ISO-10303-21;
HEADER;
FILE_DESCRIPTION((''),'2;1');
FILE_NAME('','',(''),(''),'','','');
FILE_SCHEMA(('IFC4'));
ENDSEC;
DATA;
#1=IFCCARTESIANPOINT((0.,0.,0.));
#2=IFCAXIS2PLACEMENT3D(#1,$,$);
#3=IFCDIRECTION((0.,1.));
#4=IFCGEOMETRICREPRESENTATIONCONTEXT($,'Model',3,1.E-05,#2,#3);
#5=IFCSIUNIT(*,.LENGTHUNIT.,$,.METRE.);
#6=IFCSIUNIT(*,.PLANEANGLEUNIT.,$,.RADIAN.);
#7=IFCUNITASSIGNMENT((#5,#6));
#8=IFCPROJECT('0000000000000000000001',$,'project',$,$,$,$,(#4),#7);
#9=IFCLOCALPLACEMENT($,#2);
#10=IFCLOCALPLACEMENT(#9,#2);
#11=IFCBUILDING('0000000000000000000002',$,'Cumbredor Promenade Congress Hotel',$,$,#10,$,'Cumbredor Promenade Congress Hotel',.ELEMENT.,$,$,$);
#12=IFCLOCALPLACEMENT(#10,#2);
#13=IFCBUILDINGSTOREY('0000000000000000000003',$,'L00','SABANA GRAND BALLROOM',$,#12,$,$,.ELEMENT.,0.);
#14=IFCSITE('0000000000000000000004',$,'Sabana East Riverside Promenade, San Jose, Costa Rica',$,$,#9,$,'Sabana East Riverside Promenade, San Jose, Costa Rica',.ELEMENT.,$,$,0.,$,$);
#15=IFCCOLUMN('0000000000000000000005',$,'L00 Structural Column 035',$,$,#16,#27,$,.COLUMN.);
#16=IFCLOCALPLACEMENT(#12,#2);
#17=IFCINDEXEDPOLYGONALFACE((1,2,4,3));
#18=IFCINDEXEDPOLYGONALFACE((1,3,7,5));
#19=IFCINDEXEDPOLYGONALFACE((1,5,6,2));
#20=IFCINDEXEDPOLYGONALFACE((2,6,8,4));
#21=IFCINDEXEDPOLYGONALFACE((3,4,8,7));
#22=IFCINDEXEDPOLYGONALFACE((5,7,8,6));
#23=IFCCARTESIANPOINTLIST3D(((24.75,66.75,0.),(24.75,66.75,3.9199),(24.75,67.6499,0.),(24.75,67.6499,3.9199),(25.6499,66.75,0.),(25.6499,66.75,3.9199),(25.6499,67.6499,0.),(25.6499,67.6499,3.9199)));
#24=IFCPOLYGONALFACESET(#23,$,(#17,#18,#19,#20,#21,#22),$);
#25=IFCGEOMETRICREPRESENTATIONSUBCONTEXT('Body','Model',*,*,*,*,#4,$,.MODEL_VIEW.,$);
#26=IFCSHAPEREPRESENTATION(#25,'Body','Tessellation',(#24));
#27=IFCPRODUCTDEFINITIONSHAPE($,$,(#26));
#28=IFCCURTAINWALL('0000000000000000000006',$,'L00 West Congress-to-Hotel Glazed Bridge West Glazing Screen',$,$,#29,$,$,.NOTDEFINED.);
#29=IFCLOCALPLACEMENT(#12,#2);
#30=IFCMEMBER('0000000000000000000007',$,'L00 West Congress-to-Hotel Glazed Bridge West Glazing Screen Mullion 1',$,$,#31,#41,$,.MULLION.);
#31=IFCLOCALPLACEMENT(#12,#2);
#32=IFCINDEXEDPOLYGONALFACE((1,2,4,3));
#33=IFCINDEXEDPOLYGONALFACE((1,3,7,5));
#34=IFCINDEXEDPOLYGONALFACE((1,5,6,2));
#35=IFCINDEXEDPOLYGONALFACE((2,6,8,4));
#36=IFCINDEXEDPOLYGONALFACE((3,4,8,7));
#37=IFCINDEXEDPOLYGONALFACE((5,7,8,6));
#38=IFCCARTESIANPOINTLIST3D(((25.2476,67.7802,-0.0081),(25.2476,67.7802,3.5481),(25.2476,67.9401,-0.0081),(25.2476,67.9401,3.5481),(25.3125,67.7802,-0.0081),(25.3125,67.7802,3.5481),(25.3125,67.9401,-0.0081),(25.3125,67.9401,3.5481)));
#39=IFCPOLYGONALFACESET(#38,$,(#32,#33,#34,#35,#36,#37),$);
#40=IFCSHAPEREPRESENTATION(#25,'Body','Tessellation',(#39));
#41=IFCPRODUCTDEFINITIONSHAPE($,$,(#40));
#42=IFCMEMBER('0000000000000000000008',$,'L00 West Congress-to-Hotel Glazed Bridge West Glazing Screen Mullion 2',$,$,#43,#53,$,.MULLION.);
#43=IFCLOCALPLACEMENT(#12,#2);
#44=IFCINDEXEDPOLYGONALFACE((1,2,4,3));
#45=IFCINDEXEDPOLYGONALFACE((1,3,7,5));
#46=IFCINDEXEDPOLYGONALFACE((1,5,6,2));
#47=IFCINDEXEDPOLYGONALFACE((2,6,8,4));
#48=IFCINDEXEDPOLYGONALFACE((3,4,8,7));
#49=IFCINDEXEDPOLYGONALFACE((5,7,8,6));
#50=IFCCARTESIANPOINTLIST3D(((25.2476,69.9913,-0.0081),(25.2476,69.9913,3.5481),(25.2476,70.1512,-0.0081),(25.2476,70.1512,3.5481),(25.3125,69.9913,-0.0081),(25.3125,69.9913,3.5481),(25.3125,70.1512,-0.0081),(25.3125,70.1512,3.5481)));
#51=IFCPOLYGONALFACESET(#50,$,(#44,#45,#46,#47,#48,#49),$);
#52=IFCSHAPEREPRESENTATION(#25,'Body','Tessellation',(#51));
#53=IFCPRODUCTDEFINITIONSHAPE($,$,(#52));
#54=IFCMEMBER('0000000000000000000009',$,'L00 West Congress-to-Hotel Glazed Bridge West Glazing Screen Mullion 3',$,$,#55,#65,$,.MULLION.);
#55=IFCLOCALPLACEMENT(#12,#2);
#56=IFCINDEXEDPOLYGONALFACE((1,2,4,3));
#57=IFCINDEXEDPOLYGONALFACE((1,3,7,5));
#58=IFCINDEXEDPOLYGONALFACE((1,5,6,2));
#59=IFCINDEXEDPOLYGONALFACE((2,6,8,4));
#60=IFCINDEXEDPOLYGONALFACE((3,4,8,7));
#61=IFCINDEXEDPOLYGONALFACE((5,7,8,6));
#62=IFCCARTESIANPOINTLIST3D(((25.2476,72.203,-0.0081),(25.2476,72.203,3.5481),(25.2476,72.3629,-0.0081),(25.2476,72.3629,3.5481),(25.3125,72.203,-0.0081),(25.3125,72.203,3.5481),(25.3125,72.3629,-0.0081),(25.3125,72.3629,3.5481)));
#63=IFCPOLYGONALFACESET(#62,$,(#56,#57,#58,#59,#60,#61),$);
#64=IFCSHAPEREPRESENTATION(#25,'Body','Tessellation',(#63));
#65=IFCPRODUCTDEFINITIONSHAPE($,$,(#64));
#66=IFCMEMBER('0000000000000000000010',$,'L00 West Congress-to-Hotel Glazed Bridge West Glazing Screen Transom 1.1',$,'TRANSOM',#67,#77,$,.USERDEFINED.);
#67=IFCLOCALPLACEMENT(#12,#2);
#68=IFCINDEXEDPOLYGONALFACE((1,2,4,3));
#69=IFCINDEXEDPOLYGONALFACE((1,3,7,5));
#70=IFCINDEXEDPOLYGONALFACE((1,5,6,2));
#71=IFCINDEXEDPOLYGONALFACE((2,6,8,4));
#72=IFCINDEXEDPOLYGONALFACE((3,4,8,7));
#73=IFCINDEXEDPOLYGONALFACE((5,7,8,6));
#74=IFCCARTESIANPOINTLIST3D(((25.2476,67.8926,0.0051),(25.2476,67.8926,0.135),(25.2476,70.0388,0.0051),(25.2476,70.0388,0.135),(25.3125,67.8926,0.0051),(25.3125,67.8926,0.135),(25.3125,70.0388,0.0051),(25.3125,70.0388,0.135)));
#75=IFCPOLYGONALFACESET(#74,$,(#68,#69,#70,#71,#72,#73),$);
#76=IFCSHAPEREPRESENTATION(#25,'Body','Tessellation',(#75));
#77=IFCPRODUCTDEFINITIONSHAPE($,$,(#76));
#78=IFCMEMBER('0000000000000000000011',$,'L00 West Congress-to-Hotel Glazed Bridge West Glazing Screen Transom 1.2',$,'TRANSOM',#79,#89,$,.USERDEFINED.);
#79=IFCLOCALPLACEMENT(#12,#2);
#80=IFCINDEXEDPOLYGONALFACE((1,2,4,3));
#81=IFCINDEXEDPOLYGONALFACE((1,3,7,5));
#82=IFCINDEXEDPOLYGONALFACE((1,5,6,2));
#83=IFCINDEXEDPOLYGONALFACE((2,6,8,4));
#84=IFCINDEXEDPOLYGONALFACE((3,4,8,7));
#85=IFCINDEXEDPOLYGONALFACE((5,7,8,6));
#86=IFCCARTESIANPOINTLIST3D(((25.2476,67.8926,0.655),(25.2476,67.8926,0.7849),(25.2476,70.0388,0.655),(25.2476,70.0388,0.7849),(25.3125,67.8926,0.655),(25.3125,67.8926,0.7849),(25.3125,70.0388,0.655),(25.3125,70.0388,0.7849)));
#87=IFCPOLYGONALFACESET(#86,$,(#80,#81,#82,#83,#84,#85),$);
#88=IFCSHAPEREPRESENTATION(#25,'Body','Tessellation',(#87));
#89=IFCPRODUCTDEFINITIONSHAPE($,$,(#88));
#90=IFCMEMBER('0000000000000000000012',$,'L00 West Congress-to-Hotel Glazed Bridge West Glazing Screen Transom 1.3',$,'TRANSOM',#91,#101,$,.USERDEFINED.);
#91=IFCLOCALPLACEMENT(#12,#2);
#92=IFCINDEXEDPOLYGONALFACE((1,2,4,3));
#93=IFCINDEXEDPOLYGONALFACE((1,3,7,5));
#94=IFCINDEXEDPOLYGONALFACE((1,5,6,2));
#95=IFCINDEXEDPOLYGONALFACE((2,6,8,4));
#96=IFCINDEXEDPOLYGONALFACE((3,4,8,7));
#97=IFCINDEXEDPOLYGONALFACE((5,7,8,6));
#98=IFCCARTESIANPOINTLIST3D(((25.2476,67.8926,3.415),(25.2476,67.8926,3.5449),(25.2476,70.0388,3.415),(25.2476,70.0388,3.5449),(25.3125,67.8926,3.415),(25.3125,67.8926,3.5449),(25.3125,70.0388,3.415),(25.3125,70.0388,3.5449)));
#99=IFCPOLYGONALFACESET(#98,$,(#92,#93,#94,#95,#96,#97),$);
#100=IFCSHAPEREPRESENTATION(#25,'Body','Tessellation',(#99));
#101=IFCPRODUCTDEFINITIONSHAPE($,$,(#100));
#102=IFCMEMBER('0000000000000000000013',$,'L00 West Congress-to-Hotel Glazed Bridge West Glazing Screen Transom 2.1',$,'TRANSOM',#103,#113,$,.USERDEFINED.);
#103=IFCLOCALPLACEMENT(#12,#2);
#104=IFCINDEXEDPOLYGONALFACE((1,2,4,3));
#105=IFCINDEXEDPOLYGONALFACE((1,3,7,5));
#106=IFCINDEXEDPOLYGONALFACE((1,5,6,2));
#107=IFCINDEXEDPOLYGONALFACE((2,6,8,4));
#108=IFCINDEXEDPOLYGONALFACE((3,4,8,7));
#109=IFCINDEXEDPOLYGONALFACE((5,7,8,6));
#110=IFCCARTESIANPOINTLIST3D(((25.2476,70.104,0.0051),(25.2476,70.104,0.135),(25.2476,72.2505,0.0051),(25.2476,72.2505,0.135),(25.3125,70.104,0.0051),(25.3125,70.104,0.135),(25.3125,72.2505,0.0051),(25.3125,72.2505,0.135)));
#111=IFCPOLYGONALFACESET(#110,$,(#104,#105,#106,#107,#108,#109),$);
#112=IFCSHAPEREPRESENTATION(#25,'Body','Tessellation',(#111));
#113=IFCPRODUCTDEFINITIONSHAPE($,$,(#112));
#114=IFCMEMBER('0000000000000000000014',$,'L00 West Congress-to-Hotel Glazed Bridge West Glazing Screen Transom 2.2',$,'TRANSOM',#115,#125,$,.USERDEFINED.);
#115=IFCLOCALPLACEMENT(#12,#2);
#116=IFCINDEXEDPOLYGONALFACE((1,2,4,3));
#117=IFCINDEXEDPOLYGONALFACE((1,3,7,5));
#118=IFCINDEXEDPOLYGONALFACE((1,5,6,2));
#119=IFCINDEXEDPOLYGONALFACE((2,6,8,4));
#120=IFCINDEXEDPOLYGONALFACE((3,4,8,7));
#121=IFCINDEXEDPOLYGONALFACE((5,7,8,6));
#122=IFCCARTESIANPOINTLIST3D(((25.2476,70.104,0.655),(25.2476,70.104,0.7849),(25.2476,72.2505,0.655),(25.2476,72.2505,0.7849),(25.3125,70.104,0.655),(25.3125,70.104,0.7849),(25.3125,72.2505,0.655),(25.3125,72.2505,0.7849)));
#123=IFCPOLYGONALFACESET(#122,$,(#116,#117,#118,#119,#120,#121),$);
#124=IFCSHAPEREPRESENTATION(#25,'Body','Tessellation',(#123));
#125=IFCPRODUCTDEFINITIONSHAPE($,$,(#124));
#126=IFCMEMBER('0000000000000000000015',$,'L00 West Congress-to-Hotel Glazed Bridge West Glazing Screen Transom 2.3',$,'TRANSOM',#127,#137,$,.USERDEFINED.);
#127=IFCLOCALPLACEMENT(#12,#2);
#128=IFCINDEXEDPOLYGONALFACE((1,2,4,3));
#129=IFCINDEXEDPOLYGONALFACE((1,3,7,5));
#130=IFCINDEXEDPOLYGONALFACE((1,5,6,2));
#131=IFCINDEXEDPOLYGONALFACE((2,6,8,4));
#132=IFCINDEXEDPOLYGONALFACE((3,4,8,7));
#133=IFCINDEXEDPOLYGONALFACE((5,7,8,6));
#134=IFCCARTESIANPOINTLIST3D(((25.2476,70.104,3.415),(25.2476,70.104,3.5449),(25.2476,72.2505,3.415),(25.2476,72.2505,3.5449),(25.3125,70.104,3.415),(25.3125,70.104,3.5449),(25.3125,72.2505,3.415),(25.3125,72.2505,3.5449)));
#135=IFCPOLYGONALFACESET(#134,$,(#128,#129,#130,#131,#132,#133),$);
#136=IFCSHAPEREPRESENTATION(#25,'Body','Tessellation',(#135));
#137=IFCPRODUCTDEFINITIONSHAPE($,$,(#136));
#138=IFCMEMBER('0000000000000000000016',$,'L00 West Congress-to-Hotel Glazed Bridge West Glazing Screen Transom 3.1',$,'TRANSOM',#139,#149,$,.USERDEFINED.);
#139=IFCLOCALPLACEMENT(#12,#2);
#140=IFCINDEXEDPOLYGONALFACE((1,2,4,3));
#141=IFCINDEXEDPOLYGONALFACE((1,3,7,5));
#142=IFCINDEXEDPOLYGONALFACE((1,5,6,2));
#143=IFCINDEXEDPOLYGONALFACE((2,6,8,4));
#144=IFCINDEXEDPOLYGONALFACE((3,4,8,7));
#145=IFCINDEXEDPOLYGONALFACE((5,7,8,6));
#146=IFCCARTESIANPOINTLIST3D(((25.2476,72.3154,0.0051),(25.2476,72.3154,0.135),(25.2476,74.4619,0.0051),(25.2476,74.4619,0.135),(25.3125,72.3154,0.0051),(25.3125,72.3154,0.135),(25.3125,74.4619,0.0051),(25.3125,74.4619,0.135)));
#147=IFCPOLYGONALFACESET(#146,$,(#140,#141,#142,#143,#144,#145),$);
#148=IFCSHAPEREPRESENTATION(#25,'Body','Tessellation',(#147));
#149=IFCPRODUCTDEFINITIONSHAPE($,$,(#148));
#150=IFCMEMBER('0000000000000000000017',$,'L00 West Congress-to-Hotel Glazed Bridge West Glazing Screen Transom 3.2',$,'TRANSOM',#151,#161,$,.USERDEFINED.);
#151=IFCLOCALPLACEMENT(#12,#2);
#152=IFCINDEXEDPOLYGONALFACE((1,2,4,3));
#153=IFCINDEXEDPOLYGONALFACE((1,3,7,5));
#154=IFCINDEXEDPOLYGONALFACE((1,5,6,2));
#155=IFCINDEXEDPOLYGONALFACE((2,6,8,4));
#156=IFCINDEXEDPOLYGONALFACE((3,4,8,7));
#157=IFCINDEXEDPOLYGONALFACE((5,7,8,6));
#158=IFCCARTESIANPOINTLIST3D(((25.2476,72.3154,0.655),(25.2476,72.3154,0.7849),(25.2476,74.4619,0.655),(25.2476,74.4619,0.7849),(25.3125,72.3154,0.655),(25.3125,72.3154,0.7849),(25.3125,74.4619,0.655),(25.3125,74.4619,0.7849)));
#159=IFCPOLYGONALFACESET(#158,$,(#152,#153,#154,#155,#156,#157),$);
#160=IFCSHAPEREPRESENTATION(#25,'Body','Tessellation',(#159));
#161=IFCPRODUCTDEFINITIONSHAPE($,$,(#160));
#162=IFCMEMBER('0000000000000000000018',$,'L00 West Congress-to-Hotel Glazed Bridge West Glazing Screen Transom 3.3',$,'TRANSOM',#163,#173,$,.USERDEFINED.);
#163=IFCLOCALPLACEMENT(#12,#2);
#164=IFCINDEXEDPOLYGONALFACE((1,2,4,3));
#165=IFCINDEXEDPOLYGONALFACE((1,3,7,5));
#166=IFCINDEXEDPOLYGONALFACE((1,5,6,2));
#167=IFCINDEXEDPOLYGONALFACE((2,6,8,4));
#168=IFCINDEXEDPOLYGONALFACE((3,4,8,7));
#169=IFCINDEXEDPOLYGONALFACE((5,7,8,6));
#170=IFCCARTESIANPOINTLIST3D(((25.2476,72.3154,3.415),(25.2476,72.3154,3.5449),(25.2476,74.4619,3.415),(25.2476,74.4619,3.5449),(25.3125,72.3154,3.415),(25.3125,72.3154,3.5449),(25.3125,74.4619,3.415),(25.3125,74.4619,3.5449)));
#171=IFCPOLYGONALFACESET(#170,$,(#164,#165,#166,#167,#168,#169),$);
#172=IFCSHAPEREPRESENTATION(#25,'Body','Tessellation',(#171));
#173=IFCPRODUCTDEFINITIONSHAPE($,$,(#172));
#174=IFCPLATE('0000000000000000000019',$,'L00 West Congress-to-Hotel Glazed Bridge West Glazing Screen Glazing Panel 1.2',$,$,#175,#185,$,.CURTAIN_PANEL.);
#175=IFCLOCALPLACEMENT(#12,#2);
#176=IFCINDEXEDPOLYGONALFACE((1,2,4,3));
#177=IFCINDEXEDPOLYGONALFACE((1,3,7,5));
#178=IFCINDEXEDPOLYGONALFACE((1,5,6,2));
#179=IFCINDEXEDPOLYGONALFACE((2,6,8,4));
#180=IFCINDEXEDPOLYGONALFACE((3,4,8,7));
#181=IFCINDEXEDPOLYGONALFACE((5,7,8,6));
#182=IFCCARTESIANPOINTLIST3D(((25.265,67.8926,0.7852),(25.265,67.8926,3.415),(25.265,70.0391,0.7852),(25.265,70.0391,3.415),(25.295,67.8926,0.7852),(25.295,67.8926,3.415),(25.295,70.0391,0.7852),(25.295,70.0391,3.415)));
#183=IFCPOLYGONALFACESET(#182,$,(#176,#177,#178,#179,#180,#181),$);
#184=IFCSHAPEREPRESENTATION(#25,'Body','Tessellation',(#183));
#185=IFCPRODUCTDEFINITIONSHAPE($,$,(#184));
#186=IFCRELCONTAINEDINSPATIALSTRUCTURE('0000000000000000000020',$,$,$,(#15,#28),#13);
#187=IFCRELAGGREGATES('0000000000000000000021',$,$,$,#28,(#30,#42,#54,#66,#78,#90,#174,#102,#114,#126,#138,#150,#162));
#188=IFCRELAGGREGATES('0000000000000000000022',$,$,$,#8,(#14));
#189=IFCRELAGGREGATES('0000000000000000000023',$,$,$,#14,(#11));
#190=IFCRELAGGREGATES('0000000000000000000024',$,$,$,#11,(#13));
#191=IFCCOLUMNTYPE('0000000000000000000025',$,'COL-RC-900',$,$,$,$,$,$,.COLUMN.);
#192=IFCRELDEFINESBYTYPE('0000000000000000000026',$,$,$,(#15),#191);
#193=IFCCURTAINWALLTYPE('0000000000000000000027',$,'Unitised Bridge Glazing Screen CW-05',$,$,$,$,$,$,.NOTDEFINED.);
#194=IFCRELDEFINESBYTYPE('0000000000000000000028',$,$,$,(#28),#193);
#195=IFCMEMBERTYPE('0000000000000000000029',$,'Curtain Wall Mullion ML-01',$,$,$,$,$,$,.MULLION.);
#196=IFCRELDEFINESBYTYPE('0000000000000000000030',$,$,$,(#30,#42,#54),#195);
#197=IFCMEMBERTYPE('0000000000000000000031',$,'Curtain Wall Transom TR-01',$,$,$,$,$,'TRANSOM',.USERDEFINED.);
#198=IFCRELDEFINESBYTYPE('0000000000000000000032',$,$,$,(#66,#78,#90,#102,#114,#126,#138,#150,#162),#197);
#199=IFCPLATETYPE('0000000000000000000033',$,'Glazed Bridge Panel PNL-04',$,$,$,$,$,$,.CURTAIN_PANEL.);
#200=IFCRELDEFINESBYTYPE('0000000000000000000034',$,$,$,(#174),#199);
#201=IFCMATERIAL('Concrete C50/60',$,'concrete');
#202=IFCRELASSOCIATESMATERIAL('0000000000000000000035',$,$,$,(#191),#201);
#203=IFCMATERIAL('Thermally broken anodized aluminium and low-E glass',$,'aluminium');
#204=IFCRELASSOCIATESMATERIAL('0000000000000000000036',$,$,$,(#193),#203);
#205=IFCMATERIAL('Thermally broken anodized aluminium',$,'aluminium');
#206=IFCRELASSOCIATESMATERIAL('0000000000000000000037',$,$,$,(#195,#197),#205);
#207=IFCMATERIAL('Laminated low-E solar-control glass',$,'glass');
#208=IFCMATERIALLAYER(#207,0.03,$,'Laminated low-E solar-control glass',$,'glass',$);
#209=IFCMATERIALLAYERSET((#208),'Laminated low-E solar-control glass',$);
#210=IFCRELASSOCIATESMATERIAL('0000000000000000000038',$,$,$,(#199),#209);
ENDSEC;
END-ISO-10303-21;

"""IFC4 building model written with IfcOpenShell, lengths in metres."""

from ifc_helpers import new_model, si_unit, direction, frame, origin, origin_2d, place, context, subcontext, project, spatial, rectangle, extrude, material, layer, layer_set, material_profile, profile_set, type_object, element, aggregate, save


model = new_model("IFC4")

# Units and contexts
model_context = context("Model", 3, precision=1e-05, world=origin(), true_north=direction((0.0, 1.0)))
body_context = subcontext(model_context, "Body", "Model", "MODEL_VIEW")
ifc_project = project(units=[si_unit("LENGTHUNIT", "METRE"), si_unit("PLANEANGLEUNIT", "RADIAN")], contexts=[model_context])

# Site, building, storey
site_placement = place(None, origin())
site = spatial("IfcSite", under=ifc_project, at=site_placement, Name="Sabana East Riverside Promenade, San Jose, Costa Rica", LongName="Sabana East Riverside Promenade, San Jose, Costa Rica", CompositionType="ELEMENT", RefElevation=0.0)
building_placement = place(site_placement, origin())
building = spatial("IfcBuilding", under=site, at=building_placement, Name="Cumbredor Promenade Congress Hotel", LongName="Cumbredor Promenade Congress Hotel", CompositionType="ELEMENT")
storey_placement = place(building_placement, origin())
storey = spatial("IfcBuildingStorey", under=building, at=storey_placement, Name="L00", Description="SABANA GRAND BALLROOM", CompositionType="ELEMENT", Elevation=0.0)

# Column
ifc_material_1 = material(Name="Concrete C50/60", Category="concrete")
ifc_material_profile_1 = material_profile(ifc_material_1, rectangle(XDim=0.8999, YDim=0.8999, at=origin_2d()), Name="RC 900x900")
ifc_profile_set_1 = profile_set([ifc_material_profile_1], Name="Concrete C50/60")
column_type = type_object("IfcColumnType", Name="COL-RC-900", PredefinedType="COLUMN", material=ifc_profile_set_1)
column_placement = place(storey_placement, frame((25.2, 67.2, 0.0), z_axis=(0.0, 0.0, 1.0), x_axis=(1.0, 0.0, 0.0)))
element("IfcColumn", 1, at=column_placement, inside=storey, type_object=column_type, Name="L00 Structural Column 035", PredefinedType="COLUMN", context=body_context, shape_type="SweptSolid", body=[
    extrude(rectangle(XDim=0.8999, YDim=0.8999, at=origin_2d()), origin(), (0.0, 0.0, 1.0), 3.9199),
])

# Curtain wall, members, plate
ifc_material_2 = material(Name="Thermally broken anodized aluminium and low-E glass", Category="aluminium")
curtain_wall_type = type_object("IfcCurtainWallType", Name="Unitised Bridge Glazing Screen CW-05", PredefinedType="NOTDEFINED", material=ifc_material_2)
curtain_wall_placement = place(storey_placement, origin())
curtain_wall = element("IfcCurtainWall", 2, at=curtain_wall_placement, inside=storey, type_object=curtain_wall_type, Name="L00 West Congress-to-Hotel Glazed Bridge West Glazing Screen", PredefinedType="NOTDEFINED")
ifc_material_3 = material(Name="Thermally broken anodized aluminium", Category="aluminium")
ifc_material_profile_2 = material_profile(ifc_material_3, rectangle(XDim=0.0649, YDim=0.1599, at=origin_2d()), Name="ALU MULLION 65x160")
ifc_profile_set_2 = profile_set([ifc_material_profile_2], Name="Thermally broken anodized aluminium")
member_type_1 = type_object("IfcMemberType", Name="Curtain Wall Mullion ML-01", PredefinedType="MULLION", material=ifc_profile_set_2)
member_1_placement = place(storey_placement, frame((25.28, 67.8601, -0.0081), z_axis=(0.0, 0.0, 1.0), x_axis=(1.0, 0.0, 0.0)))
member_1 = element("IfcMember", 3, at=member_1_placement, type_object=member_type_1, Name="L00 West Congress-to-Hotel Glazed Bridge West Glazing Screen Mullion 1", PredefinedType="MULLION", context=body_context, shape_type="SweptSolid", body=[
    extrude(rectangle(XDim=0.0649, YDim=0.1599, at=origin_2d()), origin(), (0.0, 0.0, 1.0), 3.5562),
])
member_2_placement = place(storey_placement, frame((25.28, 70.0713, -0.0081), z_axis=(0.0, 0.0, 1.0), x_axis=(1.0, 0.0, 0.0)))
member_2 = element("IfcMember", 4, at=member_2_placement, type_object=member_type_1, Name="L00 West Congress-to-Hotel Glazed Bridge West Glazing Screen Mullion 2", PredefinedType="MULLION", context=body_context, shape_type="SweptSolid", body=[
    extrude(rectangle(XDim=0.0649, YDim=0.1599, at=origin_2d()), origin(), (0.0, 0.0, 1.0), 3.5562),
])
member_3_placement = place(storey_placement, frame((25.28, 72.283, -0.0081), z_axis=(0.0, 0.0, 1.0), x_axis=(1.0, 0.0, 0.0)))
member_3 = element("IfcMember", 5, at=member_3_placement, type_object=member_type_1, Name="L00 West Congress-to-Hotel Glazed Bridge West Glazing Screen Mullion 3", PredefinedType="MULLION", context=body_context, shape_type="SweptSolid", body=[
    extrude(rectangle(XDim=0.0649, YDim=0.1599, at=origin_2d()), origin(), (0.0, 0.0, 1.0), 3.5562),
])
ifc_material_profile_3 = material_profile(ifc_material_3, rectangle(XDim=0.0649, YDim=0.1299, at=origin_2d()), Name="ALU TRANSOM 65x130")
ifc_profile_set_3 = profile_set([ifc_material_profile_3], Name="Thermally broken anodized aluminium")
member_type_2 = type_object("IfcMemberType", Name="Curtain Wall Transom TR-01", ElementType="TRANSOM", PredefinedType="USERDEFINED", material=ifc_profile_set_3)
member_4_placement = place(storey_placement, frame((25.28, 67.8926, 0.0701), z_axis=(0.0, 1.0, 0.0), x_axis=(-1.0, 0.0, 0.0)))
member_4 = element("IfcMember", 6, at=member_4_placement, type_object=member_type_2, Name="L00 West Congress-to-Hotel Glazed Bridge West Glazing Screen Transom 1.1", ObjectType="TRANSOM", PredefinedType="USERDEFINED", context=body_context, shape_type="SweptSolid", body=[
    extrude(rectangle(XDim=0.0649, YDim=0.1299, at=origin_2d()), origin(), (0.0, 0.0, 1.0), 2.1462),
])
member_5_placement = place(storey_placement, frame((25.28, 67.8926, 0.72), z_axis=(0.0, 1.0, 0.0), x_axis=(-1.0, 0.0, 0.0)))
member_5 = element("IfcMember", 7, at=member_5_placement, type_object=member_type_2, Name="L00 West Congress-to-Hotel Glazed Bridge West Glazing Screen Transom 1.2", ObjectType="TRANSOM", PredefinedType="USERDEFINED", context=body_context, shape_type="SweptSolid", body=[
    extrude(rectangle(XDim=0.0649, YDim=0.1299, at=origin_2d()), origin(), (0.0, 0.0, 1.0), 2.1462),
])
member_6_placement = place(storey_placement, frame((25.28, 67.8926, 3.48), z_axis=(0.0, 1.0, 0.0), x_axis=(-1.0, 0.0, 0.0)))
member_6 = element("IfcMember", 8, at=member_6_placement, type_object=member_type_2, Name="L00 West Congress-to-Hotel Glazed Bridge West Glazing Screen Transom 1.3", ObjectType="TRANSOM", PredefinedType="USERDEFINED", context=body_context, shape_type="SweptSolid", body=[
    extrude(rectangle(XDim=0.0649, YDim=0.1299, at=origin_2d()), origin(), (0.0, 0.0, 1.0), 2.1462),
])
member_7_placement = place(storey_placement, frame((25.28, 70.104, 0.0701), z_axis=(0.0, 1.0, 0.0), x_axis=(-1.0, 0.0, 0.0)))
member_7 = element("IfcMember", 9, at=member_7_placement, type_object=member_type_2, Name="L00 West Congress-to-Hotel Glazed Bridge West Glazing Screen Transom 2.1", ObjectType="TRANSOM", PredefinedType="USERDEFINED", context=body_context, shape_type="SweptSolid", body=[
    extrude(rectangle(XDim=0.0649, YDim=0.1299, at=origin_2d()), origin(), (0.0, 0.0, 1.0), 2.1465),
])
member_8_placement = place(storey_placement, frame((25.28, 70.104, 0.72), z_axis=(0.0, 1.0, 0.0), x_axis=(-1.0, 0.0, 0.0)))
member_8 = element("IfcMember", 10, at=member_8_placement, type_object=member_type_2, Name="L00 West Congress-to-Hotel Glazed Bridge West Glazing Screen Transom 2.2", ObjectType="TRANSOM", PredefinedType="USERDEFINED", context=body_context, shape_type="SweptSolid", body=[
    extrude(rectangle(XDim=0.0649, YDim=0.1299, at=origin_2d()), origin(), (0.0, 0.0, 1.0), 2.1465),
])
member_9_placement = place(storey_placement, frame((25.28, 70.104, 3.48), z_axis=(0.0, 1.0, 0.0), x_axis=(-1.0, 0.0, 0.0)))
member_9 = element("IfcMember", 11, at=member_9_placement, type_object=member_type_2, Name="L00 West Congress-to-Hotel Glazed Bridge West Glazing Screen Transom 2.3", ObjectType="TRANSOM", PredefinedType="USERDEFINED", context=body_context, shape_type="SweptSolid", body=[
    extrude(rectangle(XDim=0.0649, YDim=0.1299, at=origin_2d()), origin(), (0.0, 0.0, 1.0), 2.1465),
])
member_10_placement = place(storey_placement, frame((25.28, 72.3154, 0.0701), z_axis=(0.0, 1.0, 0.0), x_axis=(-1.0, 0.0, 0.0)))
member_10 = element("IfcMember", 12, at=member_10_placement, type_object=member_type_2, Name="L00 West Congress-to-Hotel Glazed Bridge West Glazing Screen Transom 3.1", ObjectType="TRANSOM", PredefinedType="USERDEFINED", context=body_context, shape_type="SweptSolid", body=[
    extrude(rectangle(XDim=0.0649, YDim=0.1299, at=origin_2d()), origin(), (0.0, 0.0, 1.0), 2.1465),
])
member_11_placement = place(storey_placement, frame((25.28, 72.3154, 0.72), z_axis=(0.0, 1.0, 0.0), x_axis=(-1.0, 0.0, 0.0)))
member_11 = element("IfcMember", 13, at=member_11_placement, type_object=member_type_2, Name="L00 West Congress-to-Hotel Glazed Bridge West Glazing Screen Transom 3.2", ObjectType="TRANSOM", PredefinedType="USERDEFINED", context=body_context, shape_type="SweptSolid", body=[
    extrude(rectangle(XDim=0.0649, YDim=0.1299, at=origin_2d()), origin(), (0.0, 0.0, 1.0), 2.1465),
])
member_12_placement = place(storey_placement, frame((25.28, 72.3154, 3.48), z_axis=(0.0, 1.0, 0.0), x_axis=(-1.0, 0.0, 0.0)))
member_12 = element("IfcMember", 14, at=member_12_placement, type_object=member_type_2, Name="L00 West Congress-to-Hotel Glazed Bridge West Glazing Screen Transom 3.3", ObjectType="TRANSOM", PredefinedType="USERDEFINED", context=body_context, shape_type="SweptSolid", body=[
    extrude(rectangle(XDim=0.0649, YDim=0.1299, at=origin_2d()), origin(), (0.0, 0.0, 1.0), 2.1465),
])
ifc_material_4 = material(Name="Laminated low-E solar-control glass", Category="glass")
ifc_layer_1 = layer(ifc_material_4, 0.03, Name="Laminated low-E solar-control glass", Category="glass")
ifc_layer_set_1 = layer_set([ifc_layer_1], Name="Laminated low-E solar-control glass")
plate_type_1 = type_object("IfcPlateType", Name="Glazed Bridge Panel PNL-04", PredefinedType="CURTAIN_PANEL", material=ifc_layer_set_1)
plate_1_placement = place(storey_placement, frame((25.28, 68.9658, 0.7852), z_axis=(0.0, 0.0, 1.0), x_axis=(0.0, 1.0, 0.0)))
plate_1 = element("IfcPlate", 15, at=plate_1_placement, type_object=plate_type_1, Name="L00 West Congress-to-Hotel Glazed Bridge West Glazing Screen Glazing Panel 1.2", PredefinedType="CURTAIN_PANEL", context=body_context, shape_type="SweptSolid", body=[
    extrude(rectangle(XDim=2.1465, YDim=0.03, at=origin_2d()), origin(), (0.0, 0.0, 1.0), 2.6299),
])
aggregate(curtain_wall, [member_1, member_2, member_3, member_4, member_5, member_6, plate_1, member_7, member_8, member_9, member_10, member_11, member_12])

save(model, "model.ifc")
